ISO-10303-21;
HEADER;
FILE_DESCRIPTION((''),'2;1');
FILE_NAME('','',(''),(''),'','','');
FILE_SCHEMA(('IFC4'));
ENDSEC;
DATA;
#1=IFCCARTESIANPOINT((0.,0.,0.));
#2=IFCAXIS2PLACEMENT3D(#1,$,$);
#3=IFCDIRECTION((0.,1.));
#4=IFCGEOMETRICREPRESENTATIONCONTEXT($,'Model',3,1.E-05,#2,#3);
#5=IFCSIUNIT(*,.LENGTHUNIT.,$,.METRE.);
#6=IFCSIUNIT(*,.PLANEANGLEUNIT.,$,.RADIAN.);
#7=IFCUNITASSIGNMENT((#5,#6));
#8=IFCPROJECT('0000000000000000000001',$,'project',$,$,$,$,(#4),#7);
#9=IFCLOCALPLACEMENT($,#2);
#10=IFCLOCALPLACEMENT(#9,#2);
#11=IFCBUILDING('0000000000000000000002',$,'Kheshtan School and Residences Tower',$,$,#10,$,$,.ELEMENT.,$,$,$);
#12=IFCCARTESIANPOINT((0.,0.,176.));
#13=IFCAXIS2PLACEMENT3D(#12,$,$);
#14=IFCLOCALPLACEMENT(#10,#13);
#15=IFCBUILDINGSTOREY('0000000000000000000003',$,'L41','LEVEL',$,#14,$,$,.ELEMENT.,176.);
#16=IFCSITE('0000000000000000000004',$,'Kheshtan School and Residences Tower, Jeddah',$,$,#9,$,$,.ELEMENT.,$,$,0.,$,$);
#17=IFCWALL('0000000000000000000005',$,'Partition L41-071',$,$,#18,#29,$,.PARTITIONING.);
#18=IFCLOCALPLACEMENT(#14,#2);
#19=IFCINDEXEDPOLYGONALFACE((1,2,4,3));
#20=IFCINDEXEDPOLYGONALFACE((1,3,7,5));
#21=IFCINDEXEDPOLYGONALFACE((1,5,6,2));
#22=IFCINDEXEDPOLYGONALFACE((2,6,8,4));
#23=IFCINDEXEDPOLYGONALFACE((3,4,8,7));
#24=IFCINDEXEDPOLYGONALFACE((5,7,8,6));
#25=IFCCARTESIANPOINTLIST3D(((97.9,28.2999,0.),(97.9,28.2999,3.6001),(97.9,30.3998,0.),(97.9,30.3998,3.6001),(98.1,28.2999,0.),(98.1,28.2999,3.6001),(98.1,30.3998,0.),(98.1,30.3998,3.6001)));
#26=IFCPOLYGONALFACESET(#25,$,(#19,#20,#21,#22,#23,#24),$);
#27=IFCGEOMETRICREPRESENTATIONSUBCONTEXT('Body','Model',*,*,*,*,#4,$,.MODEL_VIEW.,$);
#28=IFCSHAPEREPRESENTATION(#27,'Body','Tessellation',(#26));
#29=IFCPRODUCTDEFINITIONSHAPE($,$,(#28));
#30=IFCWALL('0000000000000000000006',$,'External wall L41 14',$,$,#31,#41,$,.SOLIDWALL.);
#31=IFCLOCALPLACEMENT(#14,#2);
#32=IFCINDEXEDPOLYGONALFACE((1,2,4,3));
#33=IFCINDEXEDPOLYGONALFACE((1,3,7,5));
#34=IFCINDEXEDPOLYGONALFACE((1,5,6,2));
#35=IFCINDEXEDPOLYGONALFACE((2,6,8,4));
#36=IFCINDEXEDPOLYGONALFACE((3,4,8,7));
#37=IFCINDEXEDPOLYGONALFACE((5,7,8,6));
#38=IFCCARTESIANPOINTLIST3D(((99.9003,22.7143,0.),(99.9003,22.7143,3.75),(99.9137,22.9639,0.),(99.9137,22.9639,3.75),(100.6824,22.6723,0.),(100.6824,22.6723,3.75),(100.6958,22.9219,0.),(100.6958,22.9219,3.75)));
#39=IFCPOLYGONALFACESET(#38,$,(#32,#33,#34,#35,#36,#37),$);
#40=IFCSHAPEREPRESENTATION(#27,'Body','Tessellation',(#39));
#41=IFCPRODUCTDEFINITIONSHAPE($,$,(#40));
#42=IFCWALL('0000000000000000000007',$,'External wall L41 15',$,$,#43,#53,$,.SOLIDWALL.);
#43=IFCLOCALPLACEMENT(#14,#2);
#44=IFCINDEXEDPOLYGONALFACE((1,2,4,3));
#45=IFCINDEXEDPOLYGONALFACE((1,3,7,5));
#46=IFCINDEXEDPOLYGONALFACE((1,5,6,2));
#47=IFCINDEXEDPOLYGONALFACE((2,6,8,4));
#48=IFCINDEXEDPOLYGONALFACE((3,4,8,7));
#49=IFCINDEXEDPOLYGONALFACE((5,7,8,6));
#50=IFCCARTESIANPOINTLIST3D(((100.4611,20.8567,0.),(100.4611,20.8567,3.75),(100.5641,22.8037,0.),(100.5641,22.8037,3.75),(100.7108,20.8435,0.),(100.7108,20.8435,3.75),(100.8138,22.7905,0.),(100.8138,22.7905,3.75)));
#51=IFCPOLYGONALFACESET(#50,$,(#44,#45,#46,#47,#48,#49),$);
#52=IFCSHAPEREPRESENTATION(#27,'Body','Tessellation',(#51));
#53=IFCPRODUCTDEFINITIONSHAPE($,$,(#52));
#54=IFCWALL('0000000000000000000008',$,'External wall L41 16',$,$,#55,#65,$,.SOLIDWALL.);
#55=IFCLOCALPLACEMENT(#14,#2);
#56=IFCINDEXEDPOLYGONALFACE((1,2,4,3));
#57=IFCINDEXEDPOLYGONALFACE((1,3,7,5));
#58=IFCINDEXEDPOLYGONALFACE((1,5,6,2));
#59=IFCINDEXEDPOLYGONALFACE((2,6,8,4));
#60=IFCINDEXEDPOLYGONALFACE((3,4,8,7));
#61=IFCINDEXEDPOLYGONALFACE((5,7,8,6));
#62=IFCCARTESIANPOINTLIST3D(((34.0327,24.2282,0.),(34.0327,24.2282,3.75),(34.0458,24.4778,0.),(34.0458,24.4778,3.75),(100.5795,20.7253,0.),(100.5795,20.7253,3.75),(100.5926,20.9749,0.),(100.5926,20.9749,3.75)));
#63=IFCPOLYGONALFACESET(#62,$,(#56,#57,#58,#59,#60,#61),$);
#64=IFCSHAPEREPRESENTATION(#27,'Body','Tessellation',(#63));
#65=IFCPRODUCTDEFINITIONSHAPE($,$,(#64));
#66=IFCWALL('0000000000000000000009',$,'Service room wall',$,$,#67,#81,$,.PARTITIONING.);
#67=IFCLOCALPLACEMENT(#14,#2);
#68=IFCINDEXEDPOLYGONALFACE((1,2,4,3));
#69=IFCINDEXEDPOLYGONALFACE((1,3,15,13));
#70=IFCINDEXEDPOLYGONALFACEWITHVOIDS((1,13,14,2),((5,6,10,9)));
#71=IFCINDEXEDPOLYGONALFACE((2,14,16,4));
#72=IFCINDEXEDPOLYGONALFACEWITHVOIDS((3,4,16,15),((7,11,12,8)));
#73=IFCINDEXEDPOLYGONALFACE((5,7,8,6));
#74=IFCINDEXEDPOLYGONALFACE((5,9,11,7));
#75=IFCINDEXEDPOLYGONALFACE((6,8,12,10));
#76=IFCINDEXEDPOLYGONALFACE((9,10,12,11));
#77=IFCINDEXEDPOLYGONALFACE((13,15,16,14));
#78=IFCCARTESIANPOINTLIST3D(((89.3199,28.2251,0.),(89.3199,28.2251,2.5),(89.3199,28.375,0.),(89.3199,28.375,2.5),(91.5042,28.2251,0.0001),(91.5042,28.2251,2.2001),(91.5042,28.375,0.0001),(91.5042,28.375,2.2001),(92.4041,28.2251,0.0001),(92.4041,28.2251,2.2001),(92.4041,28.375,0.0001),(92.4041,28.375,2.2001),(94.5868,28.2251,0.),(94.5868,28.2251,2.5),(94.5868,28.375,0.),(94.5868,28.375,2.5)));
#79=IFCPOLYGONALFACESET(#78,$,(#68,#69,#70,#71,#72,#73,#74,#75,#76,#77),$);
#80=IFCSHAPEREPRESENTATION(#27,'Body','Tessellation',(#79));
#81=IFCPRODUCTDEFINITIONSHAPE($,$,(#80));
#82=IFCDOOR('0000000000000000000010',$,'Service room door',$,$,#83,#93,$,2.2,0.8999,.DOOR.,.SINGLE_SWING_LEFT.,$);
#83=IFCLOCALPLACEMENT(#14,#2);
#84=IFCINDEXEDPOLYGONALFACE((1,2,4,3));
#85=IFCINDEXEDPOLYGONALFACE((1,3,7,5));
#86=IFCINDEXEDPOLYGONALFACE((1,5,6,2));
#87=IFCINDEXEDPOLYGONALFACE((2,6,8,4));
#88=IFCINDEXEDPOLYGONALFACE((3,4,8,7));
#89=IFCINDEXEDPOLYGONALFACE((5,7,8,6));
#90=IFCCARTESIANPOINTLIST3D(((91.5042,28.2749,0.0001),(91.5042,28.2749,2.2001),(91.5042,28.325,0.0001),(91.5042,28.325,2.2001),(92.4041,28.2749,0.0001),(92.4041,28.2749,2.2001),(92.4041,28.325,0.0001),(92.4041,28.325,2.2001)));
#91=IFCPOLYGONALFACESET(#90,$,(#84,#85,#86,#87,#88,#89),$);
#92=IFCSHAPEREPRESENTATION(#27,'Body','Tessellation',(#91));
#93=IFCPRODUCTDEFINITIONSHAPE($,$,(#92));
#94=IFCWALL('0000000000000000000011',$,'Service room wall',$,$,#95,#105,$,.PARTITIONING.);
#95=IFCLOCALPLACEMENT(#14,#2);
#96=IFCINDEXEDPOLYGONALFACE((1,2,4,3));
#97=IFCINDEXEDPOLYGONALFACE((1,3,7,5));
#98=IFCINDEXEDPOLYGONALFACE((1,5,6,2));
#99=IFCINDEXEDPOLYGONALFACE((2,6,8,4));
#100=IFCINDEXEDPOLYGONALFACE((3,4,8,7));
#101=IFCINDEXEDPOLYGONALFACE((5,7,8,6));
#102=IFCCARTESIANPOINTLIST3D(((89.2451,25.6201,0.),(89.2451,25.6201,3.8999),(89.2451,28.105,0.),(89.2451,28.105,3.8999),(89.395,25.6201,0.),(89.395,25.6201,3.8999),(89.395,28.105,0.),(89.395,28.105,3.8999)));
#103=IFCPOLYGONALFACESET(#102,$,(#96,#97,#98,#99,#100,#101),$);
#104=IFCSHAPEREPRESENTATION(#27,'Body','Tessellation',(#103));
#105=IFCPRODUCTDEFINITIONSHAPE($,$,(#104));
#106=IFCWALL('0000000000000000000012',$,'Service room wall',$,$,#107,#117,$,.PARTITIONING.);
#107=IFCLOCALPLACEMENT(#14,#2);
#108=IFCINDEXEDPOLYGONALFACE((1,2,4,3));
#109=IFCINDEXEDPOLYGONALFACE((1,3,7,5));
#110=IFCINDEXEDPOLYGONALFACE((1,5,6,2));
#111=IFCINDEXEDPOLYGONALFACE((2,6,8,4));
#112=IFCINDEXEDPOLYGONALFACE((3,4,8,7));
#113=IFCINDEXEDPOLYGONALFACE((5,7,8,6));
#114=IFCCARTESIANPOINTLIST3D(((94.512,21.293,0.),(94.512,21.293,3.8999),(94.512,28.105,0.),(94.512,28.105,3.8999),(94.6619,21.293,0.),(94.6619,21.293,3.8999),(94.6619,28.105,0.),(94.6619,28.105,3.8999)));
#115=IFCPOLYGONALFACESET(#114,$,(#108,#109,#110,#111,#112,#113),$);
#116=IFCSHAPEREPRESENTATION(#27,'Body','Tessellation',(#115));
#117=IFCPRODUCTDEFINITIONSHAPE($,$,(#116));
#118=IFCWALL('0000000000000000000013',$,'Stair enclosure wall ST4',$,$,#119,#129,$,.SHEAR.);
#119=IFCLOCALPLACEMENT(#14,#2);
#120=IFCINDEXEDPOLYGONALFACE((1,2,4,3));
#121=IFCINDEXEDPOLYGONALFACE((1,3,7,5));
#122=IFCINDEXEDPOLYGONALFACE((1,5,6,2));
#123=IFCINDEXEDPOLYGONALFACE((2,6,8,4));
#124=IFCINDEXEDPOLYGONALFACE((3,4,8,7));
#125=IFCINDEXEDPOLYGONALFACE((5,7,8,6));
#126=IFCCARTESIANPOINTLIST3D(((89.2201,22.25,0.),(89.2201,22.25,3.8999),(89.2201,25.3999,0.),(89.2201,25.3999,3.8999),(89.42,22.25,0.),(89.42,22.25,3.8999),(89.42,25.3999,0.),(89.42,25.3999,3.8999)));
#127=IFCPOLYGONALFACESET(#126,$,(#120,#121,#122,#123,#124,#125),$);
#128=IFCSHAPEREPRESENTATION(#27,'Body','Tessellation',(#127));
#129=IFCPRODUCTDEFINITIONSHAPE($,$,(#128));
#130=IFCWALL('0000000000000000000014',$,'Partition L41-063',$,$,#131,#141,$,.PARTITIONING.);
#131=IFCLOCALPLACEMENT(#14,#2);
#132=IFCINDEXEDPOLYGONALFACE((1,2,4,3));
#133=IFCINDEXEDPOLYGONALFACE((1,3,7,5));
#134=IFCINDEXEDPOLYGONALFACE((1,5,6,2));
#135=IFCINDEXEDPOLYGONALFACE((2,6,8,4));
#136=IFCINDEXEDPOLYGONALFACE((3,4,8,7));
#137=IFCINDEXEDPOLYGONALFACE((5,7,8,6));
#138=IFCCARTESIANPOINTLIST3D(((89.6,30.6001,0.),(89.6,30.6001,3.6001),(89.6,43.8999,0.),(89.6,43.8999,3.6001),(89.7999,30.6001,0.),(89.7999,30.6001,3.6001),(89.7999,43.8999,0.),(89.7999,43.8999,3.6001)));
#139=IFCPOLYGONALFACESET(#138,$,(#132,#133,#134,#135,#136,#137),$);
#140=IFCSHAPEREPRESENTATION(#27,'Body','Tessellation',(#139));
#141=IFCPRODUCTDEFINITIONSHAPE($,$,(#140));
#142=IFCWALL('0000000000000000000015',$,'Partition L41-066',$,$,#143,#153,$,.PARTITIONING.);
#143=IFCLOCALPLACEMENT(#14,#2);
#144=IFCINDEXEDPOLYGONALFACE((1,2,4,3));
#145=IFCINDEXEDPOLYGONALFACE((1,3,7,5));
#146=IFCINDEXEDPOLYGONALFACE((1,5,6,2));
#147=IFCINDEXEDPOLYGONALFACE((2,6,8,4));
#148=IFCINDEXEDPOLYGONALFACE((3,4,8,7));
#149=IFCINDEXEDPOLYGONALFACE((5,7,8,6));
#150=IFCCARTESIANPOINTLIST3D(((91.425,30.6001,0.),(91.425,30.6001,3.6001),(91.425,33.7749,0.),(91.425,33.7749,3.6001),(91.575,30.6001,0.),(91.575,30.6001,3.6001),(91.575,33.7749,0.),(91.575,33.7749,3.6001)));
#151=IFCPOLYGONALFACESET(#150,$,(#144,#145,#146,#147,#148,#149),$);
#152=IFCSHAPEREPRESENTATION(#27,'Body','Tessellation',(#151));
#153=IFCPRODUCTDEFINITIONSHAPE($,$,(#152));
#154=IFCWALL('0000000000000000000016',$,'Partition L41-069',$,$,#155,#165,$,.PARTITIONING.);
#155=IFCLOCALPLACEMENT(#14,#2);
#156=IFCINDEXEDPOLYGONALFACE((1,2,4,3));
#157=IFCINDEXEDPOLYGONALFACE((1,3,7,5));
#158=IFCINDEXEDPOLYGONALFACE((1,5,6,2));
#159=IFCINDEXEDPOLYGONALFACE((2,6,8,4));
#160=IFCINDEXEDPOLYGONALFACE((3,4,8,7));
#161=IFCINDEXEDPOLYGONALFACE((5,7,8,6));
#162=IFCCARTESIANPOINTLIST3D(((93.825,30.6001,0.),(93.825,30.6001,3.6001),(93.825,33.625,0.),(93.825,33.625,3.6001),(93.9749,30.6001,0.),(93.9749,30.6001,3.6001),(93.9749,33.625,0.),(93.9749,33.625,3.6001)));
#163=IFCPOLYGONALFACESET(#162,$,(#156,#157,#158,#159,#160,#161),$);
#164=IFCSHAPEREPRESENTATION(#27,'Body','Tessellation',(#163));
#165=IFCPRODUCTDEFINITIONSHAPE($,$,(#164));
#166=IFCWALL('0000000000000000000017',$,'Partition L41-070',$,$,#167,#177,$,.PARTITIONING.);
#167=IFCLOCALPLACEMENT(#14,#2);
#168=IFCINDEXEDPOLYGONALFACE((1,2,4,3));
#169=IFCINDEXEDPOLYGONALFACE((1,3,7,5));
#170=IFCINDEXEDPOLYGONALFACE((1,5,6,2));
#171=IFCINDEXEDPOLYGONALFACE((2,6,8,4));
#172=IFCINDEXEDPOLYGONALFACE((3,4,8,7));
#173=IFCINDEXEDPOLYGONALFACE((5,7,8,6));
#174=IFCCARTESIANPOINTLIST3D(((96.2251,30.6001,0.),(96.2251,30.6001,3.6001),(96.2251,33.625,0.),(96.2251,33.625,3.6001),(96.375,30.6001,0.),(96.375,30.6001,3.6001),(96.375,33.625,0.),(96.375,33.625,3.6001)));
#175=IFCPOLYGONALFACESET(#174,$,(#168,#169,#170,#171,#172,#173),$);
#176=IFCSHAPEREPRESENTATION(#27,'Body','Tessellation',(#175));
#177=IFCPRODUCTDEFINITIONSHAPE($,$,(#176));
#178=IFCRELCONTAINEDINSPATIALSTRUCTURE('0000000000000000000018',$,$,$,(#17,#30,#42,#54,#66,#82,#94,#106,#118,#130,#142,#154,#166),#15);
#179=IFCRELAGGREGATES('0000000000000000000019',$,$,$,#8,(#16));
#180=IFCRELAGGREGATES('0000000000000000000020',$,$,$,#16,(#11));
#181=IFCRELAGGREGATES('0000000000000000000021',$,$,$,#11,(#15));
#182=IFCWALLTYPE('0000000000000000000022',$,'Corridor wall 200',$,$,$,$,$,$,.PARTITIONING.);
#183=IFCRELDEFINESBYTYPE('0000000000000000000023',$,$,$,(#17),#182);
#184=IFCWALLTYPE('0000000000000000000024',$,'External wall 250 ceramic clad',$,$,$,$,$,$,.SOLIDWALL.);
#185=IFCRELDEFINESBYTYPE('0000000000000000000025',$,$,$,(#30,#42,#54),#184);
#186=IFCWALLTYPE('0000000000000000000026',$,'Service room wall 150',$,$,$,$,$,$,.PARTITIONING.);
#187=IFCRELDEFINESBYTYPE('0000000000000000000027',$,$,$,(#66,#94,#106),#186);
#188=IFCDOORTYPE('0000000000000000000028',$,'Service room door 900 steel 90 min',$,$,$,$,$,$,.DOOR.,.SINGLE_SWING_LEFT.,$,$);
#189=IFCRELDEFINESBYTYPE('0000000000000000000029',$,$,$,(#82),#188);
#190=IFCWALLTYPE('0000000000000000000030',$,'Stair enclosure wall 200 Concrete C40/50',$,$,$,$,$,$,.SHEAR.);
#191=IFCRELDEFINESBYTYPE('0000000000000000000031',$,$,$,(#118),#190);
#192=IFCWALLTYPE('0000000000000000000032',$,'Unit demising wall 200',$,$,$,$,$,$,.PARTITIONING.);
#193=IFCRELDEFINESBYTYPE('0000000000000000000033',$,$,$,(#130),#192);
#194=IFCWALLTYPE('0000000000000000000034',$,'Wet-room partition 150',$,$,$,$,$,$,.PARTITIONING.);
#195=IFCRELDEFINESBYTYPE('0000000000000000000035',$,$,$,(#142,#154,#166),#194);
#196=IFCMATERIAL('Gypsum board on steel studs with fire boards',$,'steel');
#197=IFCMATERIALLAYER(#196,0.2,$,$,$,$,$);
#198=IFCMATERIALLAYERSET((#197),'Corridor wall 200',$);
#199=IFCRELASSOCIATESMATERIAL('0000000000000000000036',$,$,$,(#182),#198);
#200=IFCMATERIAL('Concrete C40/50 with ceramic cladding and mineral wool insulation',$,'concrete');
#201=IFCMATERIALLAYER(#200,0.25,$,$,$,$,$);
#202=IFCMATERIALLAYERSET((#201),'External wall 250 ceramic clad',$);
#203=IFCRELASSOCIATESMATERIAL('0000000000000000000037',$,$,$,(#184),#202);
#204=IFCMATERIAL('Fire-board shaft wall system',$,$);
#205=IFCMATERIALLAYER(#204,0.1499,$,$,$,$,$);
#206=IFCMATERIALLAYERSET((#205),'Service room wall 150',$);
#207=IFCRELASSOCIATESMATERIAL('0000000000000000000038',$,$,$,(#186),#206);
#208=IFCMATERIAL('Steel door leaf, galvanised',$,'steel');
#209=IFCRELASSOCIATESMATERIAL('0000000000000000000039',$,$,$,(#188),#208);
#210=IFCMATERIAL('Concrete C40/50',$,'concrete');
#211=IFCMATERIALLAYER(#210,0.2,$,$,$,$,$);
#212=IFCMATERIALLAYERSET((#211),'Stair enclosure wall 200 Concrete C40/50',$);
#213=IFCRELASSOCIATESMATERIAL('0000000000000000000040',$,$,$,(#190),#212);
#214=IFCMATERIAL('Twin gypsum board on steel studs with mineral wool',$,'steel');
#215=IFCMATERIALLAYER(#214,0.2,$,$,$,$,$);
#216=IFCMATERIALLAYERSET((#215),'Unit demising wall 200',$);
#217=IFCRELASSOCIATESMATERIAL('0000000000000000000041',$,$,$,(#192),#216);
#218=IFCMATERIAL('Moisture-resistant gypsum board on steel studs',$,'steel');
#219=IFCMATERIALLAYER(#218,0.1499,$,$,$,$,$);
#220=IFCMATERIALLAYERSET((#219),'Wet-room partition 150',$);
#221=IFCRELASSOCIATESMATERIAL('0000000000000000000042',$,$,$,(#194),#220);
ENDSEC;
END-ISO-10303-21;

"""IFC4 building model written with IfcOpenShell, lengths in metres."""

from ifc_helpers import new_model, si_unit, direction, frame, frame_2d, origin, place, context, subcontext, project, spatial, rectangle, extrude, source, transform, mapped, material, layer, layer_set, type_object, element, fill, save


model = new_model("IFC4")

# Units and contexts
model_context = context("Model", 3, precision=1e-05, world=origin(), true_north=direction((0.0, 1.0)))
body_context = subcontext(model_context, "Body", "Model", "MODEL_VIEW")
ifc_project = project(units=[si_unit("LENGTHUNIT", "METRE"), si_unit("PLANEANGLEUNIT", "RADIAN")], contexts=[model_context])

# Site, building, storey
site_placement = place(None, origin())
site = spatial("IfcSite", under=ifc_project, at=site_placement, Name="Kheshtan School and Residences Tower, Jeddah", CompositionType="ELEMENT", RefElevation=0.0)
building_placement = place(site_placement, origin())
building = spatial("IfcBuilding", under=site, at=building_placement, Name="Kheshtan School and Residences Tower", CompositionType="ELEMENT")
storey_placement = place(building_placement, frame((0.0, 0.0, 176.0)))
storey = spatial("IfcBuildingStorey", under=building, at=storey_placement, Name="L41", Description="LEVEL", CompositionType="ELEMENT", Elevation=176.0)

# Walls
ifc_material_1 = material(Name="Gypsum board on steel studs with fire boards", Category="steel")
ifc_layer_1 = layer(ifc_material_1, 0.2)
ifc_layer_set_1 = layer_set([ifc_layer_1], Name="Corridor wall 200")
wall_type_1 = type_object("IfcWallType", Name="Corridor wall 200", PredefinedType="PARTITIONING", material=ifc_layer_set_1)
wall_1_placement = place(storey_placement, frame((98.0, 28.3, 0.0), z_axis=(0.0, 0.0, 1.0), x_axis=(0.0, 1.0, 0.0)))
element("IfcWall", 1, at=wall_1_placement, inside=storey, type_object=wall_type_1, Name="Partition L41-071", PredefinedType="PARTITIONING", context=body_context, shape_type="SweptSolid", body=[
    extrude(rectangle(XDim=2.0999, YDim=0.2, at=frame_2d((1.0498, 0.0))), origin(), (0.0, 0.0, 1.0), 3.6001),
])
ifc_material_2 = material(Name="Concrete C40/50 with ceramic cladding and mineral wool insulation", Category="concrete")
ifc_layer_2 = layer(ifc_material_2, 0.25)
ifc_layer_set_2 = layer_set([ifc_layer_2], Name="External wall 250 ceramic clad")
wall_type_2 = type_object("IfcWallType", Name="External wall 250 ceramic clad", PredefinedType="SOLIDWALL", material=ifc_layer_set_2)
wall_2_placement = place(storey_placement, frame((99.907, 22.8391, 0.0), z_axis=(0.0, 0.0, 1.0), x_axis=(0.998561, -0.053622, 0.0)))
element("IfcWall", 2, at=wall_2_placement, inside=storey, type_object=wall_type_2, Name="External wall L41 14", PredefinedType="SOLIDWALL", context=body_context, shape_type="SweptSolid", body=[
    extrude(rectangle(XDim=0.7832, YDim=0.25, at=frame_2d((0.3916, 0.0))), origin(), (0.0, 0.0, 1.0), 3.75),
])
wall_3_placement = place(storey_placement, frame((100.689, 22.7971, 0.0), z_axis=(0.0, 0.0, 1.0), x_axis=(-0.052841, -0.998603, 0.0)))
element("IfcWall", 3, at=wall_3_placement, inside=storey, type_object=wall_type_2, Name="External wall L41 15", PredefinedType="SOLIDWALL", context=body_context, shape_type="SweptSolid", body=[
    extrude(rectangle(XDim=1.9497, YDim=0.25, at=frame_2d((0.9749, 0.0))), origin(), (0.0, 0.0, 1.0), 3.75),
])
wall_4_placement = place(storey_placement, frame((100.5859, 20.8501, 0.0), z_axis=(0.0, 0.0, 1.0), x_axis=(-0.998617, 0.052566, 0.0)))
element("IfcWall", 4, at=wall_4_placement, inside=storey, type_object=wall_type_2, Name="External wall L41 16", PredefinedType="SOLIDWALL", context=body_context, shape_type="SweptSolid", body=[
    extrude(rectangle(XDim=66.6389, YDim=0.25, at=frame_2d((33.3193, 0.0))), origin(), (0.0, 0.0, 1.0), 3.75),
])

# Wall, opening, door
ifc_material_3 = material(Name="Fire-board shaft wall system")
ifc_layer_3 = layer(ifc_material_3, 0.1499)
ifc_layer_set_3 = layer_set([ifc_layer_3], Name="Service room wall 150")
wall_type_3 = type_object("IfcWallType", Name="Service room wall 150", PredefinedType="PARTITIONING", material=ifc_layer_set_3)
wall_5_placement = place(storey_placement, frame((89.3201, 28.3, 0.0), z_axis=(0.0, 0.0, 1.0), x_axis=(1.0, 0.0, 0.0)))
wall_5 = element("IfcWall", 5, at=wall_5_placement, inside=storey, type_object=wall_type_3, Name="Service room wall", PredefinedType="PARTITIONING", context=body_context, shape_type="SweptSolid", body=[
    extrude(rectangle(XDim=5.2668, YDim=0.1499, at=frame_2d((2.6333, 0.0))), origin(), (0.0, 0.0, 1.0), 2.5),
])
opening_placement = place(wall_5_placement, frame((2.1841, 0.0, 0.0)))
opening = element("IfcOpeningElement", 6, at=opening_placement, cuts=wall_5, PredefinedType="OPENING", context=body_context, shape_type="SweptSolid", body=[
    extrude(rectangle(XDim=0.8999, YDim=2.2, at=frame_2d((0.45, 1.1001))), frame((0.0, 0.085, 0.0), z_axis=(0.0, -1.0, 0.0), x_axis=(1.0, 0.0, 0.0)), (0.0, 0.0, 1.0), 0.1699),
])
ifc_material_4 = material(Name="Steel door leaf, galvanised", Category="steel")
door_type = type_object("IfcDoorType", Name="Service room door 900 steel 90 min", OperationType="SINGLE_SWING_LEFT", PredefinedType="DOOR", material=ifc_material_4)
shared_shape = source(origin(), body_context, "Body", "SweptSolid", [
    extrude(rectangle(XDim=0.8999, YDim=2.2, at=frame_2d((0.45, 1.1001))), frame((0.0, 0.0249, 0.0), z_axis=(0.0, -1.0, 0.0), x_axis=(1.0, 0.0, 0.0)), (0.0, 0.0, 1.0), 0.05),
])
door_placement = place(opening_placement, origin())
door = element("IfcDoor", 7, at=door_placement, inside=storey, type_object=door_type, Name="Service room door", OperationType="SINGLE_SWING_LEFT", OverallHeight=2.2, OverallWidth=0.8999, PredefinedType="DOOR", context=body_context, shape_type="MappedRepresentation", body=[
    mapped(shared_shape, transform((0.0, 0.0, 0.0), x_axis=(1.0, 0.0, 0.0), y_axis=(0.0, 1.0, 0.0), z_axis=(0.0, 0.0, 1.0), scale=1.0)),
])
fill(opening, door)

# Walls
wall_6_placement = place(storey_placement, frame((89.3201, 25.6201, 0.0), z_axis=(0.0, 0.0, 1.0), x_axis=(0.0, 1.0, 0.0)))
element("IfcWall", 8, at=wall_6_placement, inside=storey, type_object=wall_type_3, Name="Service room wall", PredefinedType="PARTITIONING", context=body_context, shape_type="SweptSolid", body=[
    extrude(rectangle(XDim=2.4849, YDim=0.1499, at=frame_2d((1.2424, 0.0))), origin(), (0.0, 0.0, 1.0), 3.8999),
])
wall_7_placement = place(storey_placement, frame((94.5869, 21.293, 0.0), z_axis=(0.0, 0.0, 1.0), x_axis=(0.0, 1.0, 0.0)))
element("IfcWall", 9, at=wall_7_placement, inside=storey, type_object=wall_type_3, Name="Service room wall", PredefinedType="PARTITIONING", context=body_context, shape_type="SweptSolid", body=[
    extrude(rectangle(XDim=6.812, YDim=0.1499, at=frame_2d((3.406, 0.0))), origin(), (0.0, 0.0, 1.0), 3.8999),
])
ifc_material_5 = material(Name="Concrete C40/50", Category="concrete")
ifc_layer_4 = layer(ifc_material_5, 0.2)
ifc_layer_set_4 = layer_set([ifc_layer_4], Name="Stair enclosure wall 200 Concrete C40/50")
wall_type_4 = type_object("IfcWallType", Name="Stair enclosure wall 200 Concrete C40/50", PredefinedType="SHEAR", material=ifc_layer_set_4)
wall_8_placement = place(storey_placement, frame((89.3201, 22.25, 0.0), z_axis=(0.0, 0.0, 1.0), x_axis=(0.0, 1.0, 0.0)))
element("IfcWall", 10, at=wall_8_placement, inside=storey, type_object=wall_type_4, Name="Stair enclosure wall ST4", PredefinedType="SHEAR", context=body_context, shape_type="SweptSolid", body=[
    extrude(rectangle(XDim=3.1499, YDim=0.2, at=frame_2d((1.575, 0.0))), origin(), (0.0, 0.0, 1.0), 3.8999),
])
ifc_material_6 = material(Name="Twin gypsum board on steel studs with mineral wool", Category="steel")
ifc_layer_5 = layer(ifc_material_6, 0.2)
ifc_layer_set_5 = layer_set([ifc_layer_5], Name="Unit demising wall 200")
wall_type_5 = type_object("IfcWallType", Name="Unit demising wall 200", PredefinedType="PARTITIONING", material=ifc_layer_set_5)
wall_9_placement = place(storey_placement, frame((89.7, 30.6001, 0.0), z_axis=(0.0, 0.0, 1.0), x_axis=(0.0, 1.0, 0.0)))
element("IfcWall", 11, at=wall_9_placement, inside=storey, type_object=wall_type_5, Name="Partition L41-063", PredefinedType="PARTITIONING", context=body_context, shape_type="SweptSolid", body=[
    extrude(rectangle(XDim=13.2998, YDim=0.2, at=frame_2d((6.6499, 0.0))), origin(), (0.0, 0.0, 1.0), 3.6001),
])
ifc_material_7 = material(Name="Moisture-resistant gypsum board on steel studs", Category="steel")
ifc_layer_6 = layer(ifc_material_7, 0.1499)
ifc_layer_set_6 = layer_set([ifc_layer_6], Name="Wet-room partition 150")
wall_type_6 = type_object("IfcWallType", Name="Wet-room partition 150", PredefinedType="PARTITIONING", material=ifc_layer_set_6)
wall_10_placement = place(storey_placement, frame((91.5, 30.6001, 0.0), z_axis=(0.0, 0.0, 1.0), x_axis=(0.0, 1.0, 0.0)))
element("IfcWall", 12, at=wall_10_placement, inside=storey, type_object=wall_type_6, Name="Partition L41-066", PredefinedType="PARTITIONING", context=body_context, shape_type="SweptSolid", body=[
    extrude(rectangle(XDim=3.1748, YDim=0.1499, at=frame_2d((1.5874, 0.0))), origin(), (0.0, 0.0, 1.0), 3.6001),
])
for number, where, z_axis, x_axis, name in (
    (13, (93.8999, 30.6001, 0.0), (0.0, 0.0, 1.0), (0.0, 1.0, 0.0), "Partition L41-069"),
    (14, (96.3, 30.6001, 0.0), (0.0, 0.0, 1.0), (0.0, 1.0, 0.0), "Partition L41-070"),
):
    element("IfcWall", number, at=place(storey_placement, frame(where, z_axis=z_axis, x_axis=x_axis)), inside=storey, type_object=wall_type_6, Name=name, PredefinedType="PARTITIONING", context=body_context, shape_type="SweptSolid", body=[
        extrude(rectangle(XDim=3.0249, YDim=0.1499, at=frame_2d((1.5125, 0.0))), origin(), (0.0, 0.0, 1.0), 3.6001),
    ])

save(model, "model.ifc")
